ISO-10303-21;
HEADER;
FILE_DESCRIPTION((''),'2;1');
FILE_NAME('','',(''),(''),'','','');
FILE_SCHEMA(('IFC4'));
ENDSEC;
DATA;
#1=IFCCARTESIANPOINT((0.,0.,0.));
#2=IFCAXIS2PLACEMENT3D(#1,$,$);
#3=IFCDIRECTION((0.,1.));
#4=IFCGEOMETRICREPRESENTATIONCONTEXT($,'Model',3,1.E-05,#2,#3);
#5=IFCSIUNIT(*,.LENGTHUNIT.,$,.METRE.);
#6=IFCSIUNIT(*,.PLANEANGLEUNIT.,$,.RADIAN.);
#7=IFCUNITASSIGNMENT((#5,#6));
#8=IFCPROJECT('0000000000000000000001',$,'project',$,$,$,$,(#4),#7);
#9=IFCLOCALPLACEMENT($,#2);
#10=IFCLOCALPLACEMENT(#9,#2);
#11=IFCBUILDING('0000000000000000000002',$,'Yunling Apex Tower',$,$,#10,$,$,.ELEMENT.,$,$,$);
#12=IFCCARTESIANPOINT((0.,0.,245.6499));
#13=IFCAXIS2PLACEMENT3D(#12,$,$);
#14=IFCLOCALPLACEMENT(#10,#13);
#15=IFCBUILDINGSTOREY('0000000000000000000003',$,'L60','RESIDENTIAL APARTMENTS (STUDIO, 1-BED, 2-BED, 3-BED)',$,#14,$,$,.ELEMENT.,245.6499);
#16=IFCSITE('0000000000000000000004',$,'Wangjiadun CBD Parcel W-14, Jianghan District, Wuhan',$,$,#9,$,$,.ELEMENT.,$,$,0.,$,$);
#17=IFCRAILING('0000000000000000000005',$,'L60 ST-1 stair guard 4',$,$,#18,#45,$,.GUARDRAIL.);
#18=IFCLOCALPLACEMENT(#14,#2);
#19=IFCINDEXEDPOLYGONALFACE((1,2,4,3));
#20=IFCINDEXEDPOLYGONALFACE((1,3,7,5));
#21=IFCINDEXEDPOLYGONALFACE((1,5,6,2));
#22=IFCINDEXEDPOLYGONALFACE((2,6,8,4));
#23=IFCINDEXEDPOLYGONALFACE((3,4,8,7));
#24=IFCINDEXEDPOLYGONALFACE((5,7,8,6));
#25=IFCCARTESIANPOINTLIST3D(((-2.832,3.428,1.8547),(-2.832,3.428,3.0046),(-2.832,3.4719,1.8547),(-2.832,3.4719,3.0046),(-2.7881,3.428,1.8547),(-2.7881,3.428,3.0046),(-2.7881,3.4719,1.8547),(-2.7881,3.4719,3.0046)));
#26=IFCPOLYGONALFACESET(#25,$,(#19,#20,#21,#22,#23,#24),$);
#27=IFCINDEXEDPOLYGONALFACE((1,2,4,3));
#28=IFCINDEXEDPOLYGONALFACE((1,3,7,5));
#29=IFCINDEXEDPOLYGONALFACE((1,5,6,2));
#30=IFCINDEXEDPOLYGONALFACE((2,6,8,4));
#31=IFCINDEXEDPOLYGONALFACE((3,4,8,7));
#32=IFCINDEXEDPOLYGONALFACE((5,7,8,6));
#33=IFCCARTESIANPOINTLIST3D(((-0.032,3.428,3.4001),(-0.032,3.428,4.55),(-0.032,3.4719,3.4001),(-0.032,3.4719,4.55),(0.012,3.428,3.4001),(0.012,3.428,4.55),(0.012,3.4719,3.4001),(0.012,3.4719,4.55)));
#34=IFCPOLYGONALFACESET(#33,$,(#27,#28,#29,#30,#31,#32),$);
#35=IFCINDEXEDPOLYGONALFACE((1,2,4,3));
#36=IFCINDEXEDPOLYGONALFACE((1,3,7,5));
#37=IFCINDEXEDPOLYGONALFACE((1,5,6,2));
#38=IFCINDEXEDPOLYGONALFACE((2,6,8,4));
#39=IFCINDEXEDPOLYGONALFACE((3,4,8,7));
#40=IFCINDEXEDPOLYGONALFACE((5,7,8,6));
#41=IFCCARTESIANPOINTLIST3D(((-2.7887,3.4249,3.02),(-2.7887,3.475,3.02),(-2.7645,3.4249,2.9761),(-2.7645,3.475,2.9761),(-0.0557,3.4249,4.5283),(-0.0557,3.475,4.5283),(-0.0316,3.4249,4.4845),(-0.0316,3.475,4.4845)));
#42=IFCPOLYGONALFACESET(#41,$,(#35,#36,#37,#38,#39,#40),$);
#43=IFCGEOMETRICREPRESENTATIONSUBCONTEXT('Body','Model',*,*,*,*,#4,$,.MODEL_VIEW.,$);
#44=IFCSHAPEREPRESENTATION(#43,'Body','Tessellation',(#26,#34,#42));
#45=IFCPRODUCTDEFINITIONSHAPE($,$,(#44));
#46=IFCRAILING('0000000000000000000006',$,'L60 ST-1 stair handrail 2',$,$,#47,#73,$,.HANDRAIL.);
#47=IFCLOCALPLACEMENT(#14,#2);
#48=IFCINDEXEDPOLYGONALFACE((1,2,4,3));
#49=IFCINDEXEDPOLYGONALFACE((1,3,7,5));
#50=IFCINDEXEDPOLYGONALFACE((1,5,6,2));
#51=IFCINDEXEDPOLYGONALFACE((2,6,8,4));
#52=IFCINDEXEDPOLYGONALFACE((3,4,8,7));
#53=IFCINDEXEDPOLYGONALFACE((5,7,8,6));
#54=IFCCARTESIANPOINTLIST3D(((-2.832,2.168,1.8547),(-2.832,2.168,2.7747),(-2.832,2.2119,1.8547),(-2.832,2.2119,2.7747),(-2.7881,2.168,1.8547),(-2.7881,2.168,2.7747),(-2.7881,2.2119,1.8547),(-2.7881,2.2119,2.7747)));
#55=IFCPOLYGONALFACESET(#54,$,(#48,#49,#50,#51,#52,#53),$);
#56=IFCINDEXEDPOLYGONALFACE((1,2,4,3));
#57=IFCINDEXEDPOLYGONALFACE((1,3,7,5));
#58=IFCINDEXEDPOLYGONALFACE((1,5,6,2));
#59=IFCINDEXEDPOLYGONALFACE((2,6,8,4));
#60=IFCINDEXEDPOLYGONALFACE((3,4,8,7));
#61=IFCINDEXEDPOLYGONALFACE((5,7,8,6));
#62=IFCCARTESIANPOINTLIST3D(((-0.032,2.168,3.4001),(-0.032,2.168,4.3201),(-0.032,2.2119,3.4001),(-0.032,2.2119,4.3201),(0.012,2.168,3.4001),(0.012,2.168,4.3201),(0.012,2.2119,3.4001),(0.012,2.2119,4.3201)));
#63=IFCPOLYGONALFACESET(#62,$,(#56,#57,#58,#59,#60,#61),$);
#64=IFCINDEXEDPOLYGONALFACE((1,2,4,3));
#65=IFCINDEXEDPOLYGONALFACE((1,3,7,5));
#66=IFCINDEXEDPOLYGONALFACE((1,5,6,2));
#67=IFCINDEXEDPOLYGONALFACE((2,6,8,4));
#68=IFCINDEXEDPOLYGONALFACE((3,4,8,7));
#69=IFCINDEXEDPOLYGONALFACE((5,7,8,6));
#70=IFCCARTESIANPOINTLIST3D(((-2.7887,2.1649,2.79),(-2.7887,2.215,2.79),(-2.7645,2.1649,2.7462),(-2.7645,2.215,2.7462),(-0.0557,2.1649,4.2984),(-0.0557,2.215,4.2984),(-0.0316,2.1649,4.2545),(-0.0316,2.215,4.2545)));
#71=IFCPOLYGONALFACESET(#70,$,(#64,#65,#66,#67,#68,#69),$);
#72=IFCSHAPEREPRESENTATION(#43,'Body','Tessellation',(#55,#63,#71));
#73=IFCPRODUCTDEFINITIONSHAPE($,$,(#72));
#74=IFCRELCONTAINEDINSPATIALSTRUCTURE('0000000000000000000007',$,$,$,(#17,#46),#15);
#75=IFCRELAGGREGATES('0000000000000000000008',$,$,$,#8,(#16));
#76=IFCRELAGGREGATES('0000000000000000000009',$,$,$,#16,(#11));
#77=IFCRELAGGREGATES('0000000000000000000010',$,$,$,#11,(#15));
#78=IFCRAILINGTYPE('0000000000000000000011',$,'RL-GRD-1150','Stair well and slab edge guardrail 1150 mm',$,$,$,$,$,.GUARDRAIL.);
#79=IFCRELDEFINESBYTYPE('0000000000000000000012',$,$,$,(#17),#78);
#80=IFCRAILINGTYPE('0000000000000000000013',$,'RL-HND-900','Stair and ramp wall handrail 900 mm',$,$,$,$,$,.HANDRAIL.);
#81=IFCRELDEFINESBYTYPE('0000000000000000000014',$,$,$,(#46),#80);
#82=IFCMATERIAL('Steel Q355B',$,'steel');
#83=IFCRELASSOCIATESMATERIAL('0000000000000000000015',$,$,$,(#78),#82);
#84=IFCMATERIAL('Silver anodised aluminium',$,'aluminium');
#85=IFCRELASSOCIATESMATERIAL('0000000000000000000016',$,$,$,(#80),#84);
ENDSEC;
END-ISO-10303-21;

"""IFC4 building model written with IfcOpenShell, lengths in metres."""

from ifc_helpers import new_model, si_unit, direction, frame, origin, origin_2d, place, context, subcontext, project, spatial, rectangle, extrude, material, type_object, element, save


model = new_model("IFC4")

# Units and contexts
model_context = context("Model", 3, precision=1e-05, world=origin(), true_north=direction((0.0, 1.0)))
body_context = subcontext(model_context, "Body", "Model", "MODEL_VIEW")
ifc_project = project(units=[si_unit("LENGTHUNIT", "METRE"), si_unit("PLANEANGLEUNIT", "RADIAN")], contexts=[model_context])

# Site, building, storey
site_placement = place(None, origin())
site = spatial("IfcSite", under=ifc_project, at=site_placement, Name="Wangjiadun CBD Parcel W-14, Jianghan District, Wuhan", CompositionType="ELEMENT", RefElevation=0.0)
building_placement = place(site_placement, origin())
building = spatial("IfcBuilding", under=site, at=building_placement, Name="Yunling Apex Tower", CompositionType="ELEMENT")
storey_placement = place(building_placement, frame((0.0, 0.0, 245.6499)))
storey = spatial("IfcBuildingStorey", under=building, at=storey_placement, Name="L60", Description="RESIDENTIAL APARTMENTS (STUDIO, 1-BED, 2-BED, 3-BED)", CompositionType="ELEMENT", Elevation=245.6499)

# Shared definitions
ifc_material_1 = material(Name="Steel Q355B", Category="steel")

# Railings
railing_type_1 = type_object("IfcRailingType", Name="RL-GRD-1150", Description="Stair well and slab edge guardrail 1150 mm", PredefinedType="GUARDRAIL", material=ifc_material_1)
railing_1_placement = place(storey_placement, frame((-2.8101, 3.45, 1.8547)))
element("IfcRailing", 1, at=railing_1_placement, inside=storey, type_object=railing_type_1, Name="L60 ST-1 stair guard 4", PredefinedType="GUARDRAIL", context=body_context, shape_type="SweptSolid", body=[
    extrude(rectangle(XDim=0.0439, YDim=0.0439, at=origin_2d()), origin(), (0.0, 0.0, 1.0), 1.1499),
    extrude(rectangle(XDim=0.0439, YDim=0.0439, at=origin_2d()), frame((2.8, 0.0, 1.5454)), (0.0, 0.0, 1.0), 1.1499),
    extrude(rectangle(XDim=0.05, YDim=0.05, at=origin_2d()), frame((0.0334, 0.0, 1.1433), z_axis=(0.875504, 0.0, 0.483211), x_axis=(0.0, 1.0, 0.0)), (0.0, 0.0, 1.0), 3.1216),
])
ifc_material_2 = material(Name="Silver anodised aluminium", Category="aluminium")
railing_type_2 = type_object("IfcRailingType", Name="RL-HND-900", Description="Stair and ramp wall handrail 900 mm", PredefinedType="HANDRAIL", material=ifc_material_2)
railing_2_placement = place(storey_placement, frame((-2.8101, 2.1899, 1.8547)))
element("IfcRailing", 2, at=railing_2_placement, inside=storey, type_object=railing_type_2, Name="L60 ST-1 stair handrail 2", PredefinedType="HANDRAIL", context=body_context, shape_type="SweptSolid", body=[
    extrude(rectangle(XDim=0.0439, YDim=0.0439, at=origin_2d()), origin(), (0.0, 0.0, 1.0), 0.9199),
    extrude(rectangle(XDim=0.0439, YDim=0.0439, at=origin_2d()), frame((2.8, 0.0, 1.5454)), (0.0, 0.0, 1.0), 0.9199),
    extrude(rectangle(XDim=0.05, YDim=0.05, at=origin_2d()), frame((0.0334, 0.0, 0.9133), z_axis=(0.875504, 0.0, 0.483211), x_axis=(0.0, 1.0, 0.0)), (0.0, 0.0, 1.0), 3.1216),
])

save(model, "model.ifc")
